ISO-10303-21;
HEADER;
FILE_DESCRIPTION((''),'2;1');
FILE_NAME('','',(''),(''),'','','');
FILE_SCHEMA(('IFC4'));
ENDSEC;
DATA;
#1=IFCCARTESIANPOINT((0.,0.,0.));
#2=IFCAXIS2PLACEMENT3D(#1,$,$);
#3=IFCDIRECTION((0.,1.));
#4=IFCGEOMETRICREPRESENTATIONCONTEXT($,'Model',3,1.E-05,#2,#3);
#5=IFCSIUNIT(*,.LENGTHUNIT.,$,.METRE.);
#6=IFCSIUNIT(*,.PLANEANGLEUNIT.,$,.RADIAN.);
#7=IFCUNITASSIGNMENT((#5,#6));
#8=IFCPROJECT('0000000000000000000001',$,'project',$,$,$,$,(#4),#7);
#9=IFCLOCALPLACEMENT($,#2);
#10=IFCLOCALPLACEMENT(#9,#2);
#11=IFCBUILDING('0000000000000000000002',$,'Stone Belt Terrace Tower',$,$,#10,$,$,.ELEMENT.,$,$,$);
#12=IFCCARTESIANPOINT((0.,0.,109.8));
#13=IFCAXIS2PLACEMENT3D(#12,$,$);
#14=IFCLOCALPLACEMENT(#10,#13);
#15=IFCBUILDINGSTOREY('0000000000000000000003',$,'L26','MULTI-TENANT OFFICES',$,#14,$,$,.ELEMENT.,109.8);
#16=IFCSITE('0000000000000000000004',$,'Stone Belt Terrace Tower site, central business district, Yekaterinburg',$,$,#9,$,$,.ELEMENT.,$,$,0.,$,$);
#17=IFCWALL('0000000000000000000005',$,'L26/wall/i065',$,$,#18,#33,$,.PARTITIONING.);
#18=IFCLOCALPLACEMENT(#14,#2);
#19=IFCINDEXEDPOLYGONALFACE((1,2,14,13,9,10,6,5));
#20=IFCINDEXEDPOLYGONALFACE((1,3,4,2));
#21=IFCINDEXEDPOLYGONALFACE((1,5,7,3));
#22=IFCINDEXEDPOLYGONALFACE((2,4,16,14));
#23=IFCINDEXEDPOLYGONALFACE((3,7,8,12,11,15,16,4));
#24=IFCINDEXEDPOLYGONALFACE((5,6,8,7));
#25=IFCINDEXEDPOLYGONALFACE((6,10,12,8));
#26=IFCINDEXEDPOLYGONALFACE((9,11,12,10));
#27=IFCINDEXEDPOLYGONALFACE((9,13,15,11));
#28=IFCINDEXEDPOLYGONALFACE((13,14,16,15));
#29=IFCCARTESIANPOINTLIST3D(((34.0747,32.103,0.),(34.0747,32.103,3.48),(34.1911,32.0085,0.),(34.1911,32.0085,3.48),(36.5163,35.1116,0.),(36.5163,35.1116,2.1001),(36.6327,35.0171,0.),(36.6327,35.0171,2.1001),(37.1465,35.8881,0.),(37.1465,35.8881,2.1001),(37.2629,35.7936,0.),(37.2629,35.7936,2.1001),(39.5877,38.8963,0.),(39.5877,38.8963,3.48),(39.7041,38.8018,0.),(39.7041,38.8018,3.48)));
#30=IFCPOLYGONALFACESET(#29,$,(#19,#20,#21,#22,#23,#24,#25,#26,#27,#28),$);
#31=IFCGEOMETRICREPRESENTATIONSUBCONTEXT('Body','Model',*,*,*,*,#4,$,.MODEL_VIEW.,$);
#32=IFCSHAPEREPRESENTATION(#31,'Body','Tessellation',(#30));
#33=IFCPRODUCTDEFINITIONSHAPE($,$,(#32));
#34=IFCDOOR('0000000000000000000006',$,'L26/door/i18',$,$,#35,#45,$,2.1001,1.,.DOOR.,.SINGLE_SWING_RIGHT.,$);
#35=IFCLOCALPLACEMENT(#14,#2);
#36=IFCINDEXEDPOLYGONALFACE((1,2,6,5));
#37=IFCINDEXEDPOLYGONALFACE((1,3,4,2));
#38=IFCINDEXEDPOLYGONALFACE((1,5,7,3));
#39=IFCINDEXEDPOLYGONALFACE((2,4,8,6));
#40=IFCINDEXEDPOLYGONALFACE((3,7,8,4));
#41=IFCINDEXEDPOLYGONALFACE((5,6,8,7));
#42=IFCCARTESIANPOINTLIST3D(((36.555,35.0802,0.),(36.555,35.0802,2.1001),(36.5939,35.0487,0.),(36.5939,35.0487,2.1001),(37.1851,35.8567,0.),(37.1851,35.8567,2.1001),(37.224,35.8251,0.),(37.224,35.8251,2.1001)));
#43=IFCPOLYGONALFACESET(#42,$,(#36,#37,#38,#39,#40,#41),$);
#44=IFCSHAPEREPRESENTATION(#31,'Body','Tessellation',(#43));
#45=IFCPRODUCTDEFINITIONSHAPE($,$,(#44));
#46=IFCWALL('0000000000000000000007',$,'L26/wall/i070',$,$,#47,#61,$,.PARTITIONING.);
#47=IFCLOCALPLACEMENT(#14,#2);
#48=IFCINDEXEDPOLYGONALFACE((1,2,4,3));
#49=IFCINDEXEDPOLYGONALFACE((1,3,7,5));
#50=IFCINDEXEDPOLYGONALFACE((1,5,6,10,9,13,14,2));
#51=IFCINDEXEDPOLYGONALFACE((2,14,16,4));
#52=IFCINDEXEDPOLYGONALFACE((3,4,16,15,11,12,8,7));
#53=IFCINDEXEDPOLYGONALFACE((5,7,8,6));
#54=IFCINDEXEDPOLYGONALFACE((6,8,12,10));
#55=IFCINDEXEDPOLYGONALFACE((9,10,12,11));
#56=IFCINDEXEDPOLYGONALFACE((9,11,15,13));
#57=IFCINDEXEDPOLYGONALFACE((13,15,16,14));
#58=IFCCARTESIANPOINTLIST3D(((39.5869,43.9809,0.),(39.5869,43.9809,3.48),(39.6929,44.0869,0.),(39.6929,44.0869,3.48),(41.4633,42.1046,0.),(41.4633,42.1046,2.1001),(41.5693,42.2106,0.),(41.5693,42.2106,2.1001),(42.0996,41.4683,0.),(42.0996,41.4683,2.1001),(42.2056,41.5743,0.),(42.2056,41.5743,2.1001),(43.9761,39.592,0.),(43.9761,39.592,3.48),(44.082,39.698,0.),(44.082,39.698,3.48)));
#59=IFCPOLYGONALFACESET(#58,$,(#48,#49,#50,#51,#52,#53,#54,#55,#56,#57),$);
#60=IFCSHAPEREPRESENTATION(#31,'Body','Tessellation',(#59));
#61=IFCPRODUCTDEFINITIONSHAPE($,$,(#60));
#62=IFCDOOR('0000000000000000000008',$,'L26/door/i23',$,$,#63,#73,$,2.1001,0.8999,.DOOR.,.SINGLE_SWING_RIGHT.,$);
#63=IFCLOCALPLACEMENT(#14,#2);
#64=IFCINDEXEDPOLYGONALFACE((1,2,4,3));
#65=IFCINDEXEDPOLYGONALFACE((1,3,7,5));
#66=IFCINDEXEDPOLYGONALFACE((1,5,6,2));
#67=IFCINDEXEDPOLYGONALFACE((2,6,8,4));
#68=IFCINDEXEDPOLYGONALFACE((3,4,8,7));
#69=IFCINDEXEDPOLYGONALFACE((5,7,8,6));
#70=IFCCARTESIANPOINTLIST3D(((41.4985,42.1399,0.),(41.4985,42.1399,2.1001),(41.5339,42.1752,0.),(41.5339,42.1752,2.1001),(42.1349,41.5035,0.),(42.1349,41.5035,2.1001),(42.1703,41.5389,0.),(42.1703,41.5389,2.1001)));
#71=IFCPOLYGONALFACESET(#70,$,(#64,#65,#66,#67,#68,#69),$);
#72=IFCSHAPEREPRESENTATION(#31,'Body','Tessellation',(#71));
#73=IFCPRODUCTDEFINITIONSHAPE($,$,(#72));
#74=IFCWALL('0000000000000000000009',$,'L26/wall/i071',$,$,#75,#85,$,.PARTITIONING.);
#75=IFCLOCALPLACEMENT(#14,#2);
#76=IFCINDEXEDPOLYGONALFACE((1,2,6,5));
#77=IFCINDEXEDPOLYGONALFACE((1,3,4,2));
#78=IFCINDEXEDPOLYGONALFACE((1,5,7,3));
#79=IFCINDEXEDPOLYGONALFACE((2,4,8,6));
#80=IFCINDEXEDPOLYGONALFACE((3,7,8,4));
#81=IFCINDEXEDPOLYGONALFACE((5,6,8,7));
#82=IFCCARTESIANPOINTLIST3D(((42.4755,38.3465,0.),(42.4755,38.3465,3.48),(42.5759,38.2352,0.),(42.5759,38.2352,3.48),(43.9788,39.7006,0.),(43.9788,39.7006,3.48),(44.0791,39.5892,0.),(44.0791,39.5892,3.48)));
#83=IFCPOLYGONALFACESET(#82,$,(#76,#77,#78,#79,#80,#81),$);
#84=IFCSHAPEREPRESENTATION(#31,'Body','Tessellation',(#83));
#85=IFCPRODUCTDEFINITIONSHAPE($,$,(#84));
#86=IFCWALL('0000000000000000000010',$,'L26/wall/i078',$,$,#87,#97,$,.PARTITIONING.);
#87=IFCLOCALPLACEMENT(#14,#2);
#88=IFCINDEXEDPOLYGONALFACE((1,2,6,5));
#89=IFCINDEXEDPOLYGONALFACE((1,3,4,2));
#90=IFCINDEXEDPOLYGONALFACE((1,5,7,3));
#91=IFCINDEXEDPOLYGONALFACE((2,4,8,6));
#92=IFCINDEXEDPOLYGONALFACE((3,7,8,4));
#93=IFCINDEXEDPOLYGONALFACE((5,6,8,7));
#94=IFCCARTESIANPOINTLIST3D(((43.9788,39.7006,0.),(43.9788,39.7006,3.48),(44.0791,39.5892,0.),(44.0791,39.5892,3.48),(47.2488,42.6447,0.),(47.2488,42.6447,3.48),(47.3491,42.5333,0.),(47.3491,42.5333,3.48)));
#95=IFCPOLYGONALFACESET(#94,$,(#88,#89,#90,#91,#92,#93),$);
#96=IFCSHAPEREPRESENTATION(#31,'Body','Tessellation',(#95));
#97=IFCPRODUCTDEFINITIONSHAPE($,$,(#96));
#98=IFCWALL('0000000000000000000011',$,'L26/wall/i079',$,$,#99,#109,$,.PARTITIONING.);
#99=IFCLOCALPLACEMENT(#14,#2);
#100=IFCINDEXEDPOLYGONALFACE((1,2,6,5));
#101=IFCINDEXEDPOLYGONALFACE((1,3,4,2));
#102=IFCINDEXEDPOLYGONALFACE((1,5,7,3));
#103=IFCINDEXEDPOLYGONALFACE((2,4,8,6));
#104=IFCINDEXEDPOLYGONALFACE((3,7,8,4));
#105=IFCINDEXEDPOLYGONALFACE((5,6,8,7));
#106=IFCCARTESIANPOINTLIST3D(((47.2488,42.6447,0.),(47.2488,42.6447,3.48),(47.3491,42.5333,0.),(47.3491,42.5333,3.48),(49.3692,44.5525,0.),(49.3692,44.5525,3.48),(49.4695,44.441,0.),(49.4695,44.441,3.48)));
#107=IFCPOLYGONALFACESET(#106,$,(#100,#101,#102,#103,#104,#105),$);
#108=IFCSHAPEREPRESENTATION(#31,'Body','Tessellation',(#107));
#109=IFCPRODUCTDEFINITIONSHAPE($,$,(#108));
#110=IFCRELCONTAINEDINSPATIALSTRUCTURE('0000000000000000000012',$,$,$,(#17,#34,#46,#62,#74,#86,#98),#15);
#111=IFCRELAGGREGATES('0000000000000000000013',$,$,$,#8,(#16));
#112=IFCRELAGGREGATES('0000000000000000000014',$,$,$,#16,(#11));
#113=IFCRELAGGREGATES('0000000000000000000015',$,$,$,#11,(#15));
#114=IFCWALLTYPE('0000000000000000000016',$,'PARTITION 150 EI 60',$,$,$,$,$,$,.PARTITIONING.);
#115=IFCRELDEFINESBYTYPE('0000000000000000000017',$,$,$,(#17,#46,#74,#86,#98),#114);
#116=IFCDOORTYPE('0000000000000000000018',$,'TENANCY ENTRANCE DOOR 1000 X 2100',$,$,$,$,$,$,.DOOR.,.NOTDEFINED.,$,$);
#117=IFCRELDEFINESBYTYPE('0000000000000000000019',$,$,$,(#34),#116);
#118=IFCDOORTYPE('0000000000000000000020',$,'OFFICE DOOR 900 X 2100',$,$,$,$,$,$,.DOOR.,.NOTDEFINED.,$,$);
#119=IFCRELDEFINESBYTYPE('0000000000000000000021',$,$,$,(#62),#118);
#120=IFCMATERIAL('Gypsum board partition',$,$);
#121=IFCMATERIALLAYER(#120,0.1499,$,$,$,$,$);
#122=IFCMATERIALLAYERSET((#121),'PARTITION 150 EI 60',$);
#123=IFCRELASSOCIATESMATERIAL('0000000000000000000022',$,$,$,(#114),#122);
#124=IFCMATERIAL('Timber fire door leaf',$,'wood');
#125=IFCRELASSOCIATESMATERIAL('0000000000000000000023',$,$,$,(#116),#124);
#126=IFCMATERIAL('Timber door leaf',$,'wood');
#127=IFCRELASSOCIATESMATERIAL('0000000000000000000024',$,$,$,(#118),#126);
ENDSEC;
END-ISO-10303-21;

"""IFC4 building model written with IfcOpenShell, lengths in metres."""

from ifc_helpers import new_model, si_unit, direction, frame, frame_2d, origin, place, context, subcontext, project, spatial, rectangle, extrude, material, layer, layer_set, type_object, element, fill, save


model = new_model("IFC4")

# Units and contexts
model_context = context("Model", 3, precision=1e-05, world=origin(), true_north=direction((0.0, 1.0)))
body_context = subcontext(model_context, "Body", "Model", "MODEL_VIEW")
ifc_project = project(units=[si_unit("LENGTHUNIT", "METRE"), si_unit("PLANEANGLEUNIT", "RADIAN")], contexts=[model_context])

# Site, building, storey
site_placement = place(None, origin())
site = spatial("IfcSite", under=ifc_project, at=site_placement, Name="Stone Belt Terrace Tower site, central business district, Yekaterinburg", CompositionType="ELEMENT", RefElevation=0.0)
building_placement = place(site_placement, origin())
building = spatial("IfcBuilding", under=site, at=building_placement, Name="Stone Belt Terrace Tower", CompositionType="ELEMENT")
storey_placement = place(building_placement, frame((0.0, 0.0, 109.8)))
storey = spatial("IfcBuildingStorey", under=building, at=storey_placement, Name="L26", Description="MULTI-TENANT OFFICES", CompositionType="ELEMENT", Elevation=109.8)

# Shared definitions
ifc_material_1 = material(Name="Gypsum board partition")

# Shared definitions
ifc_layer_1 = layer(ifc_material_1, 0.1499)
ifc_layer_set_1 = layer_set([ifc_layer_1], Name="PARTITION 150 EI 60")
wall_type_1 = type_object("IfcWallType", Name="PARTITION 150 EI 60", PredefinedType="PARTITIONING", material=ifc_layer_set_1)
ifc_material_2 = material(Name="Timber fire door leaf", Category="wood")
door_type_1 = type_object("IfcDoorType", Name="TENANCY ENTRANCE DOOR 1000 X 2100", OperationType="NOTDEFINED", PredefinedType="DOOR", material=ifc_material_2)

# Walls, openings, doors
wall_1_placement = place(storey_placement, frame((39.646, 38.8491, 0.0), z_axis=(0.0, 0.0, 1.0), x_axis=(-0.630142, -0.77648, 0.0)))
wall_1 = element("IfcWall", 1, at=wall_1_placement, inside=storey, type_object=wall_type_1, Name="L26/wall/i065", PredefinedType="PARTITIONING", context=body_context, shape_type="SweptSolid", body=[
    extrude(rectangle(XDim=8.7488, YDim=0.1499, at=frame_2d((4.3745, 0.0))), origin(), (0.0, 0.0, 1.0), 3.48),
])
opening_1_placement = place(wall_1_placement, frame((3.8743, 0.0, 0.0)))
opening_1 = element("IfcOpeningElement", 2, at=opening_1_placement, cuts=wall_1, PredefinedType="OPENING", context=body_context, shape_type="SweptSolid", body=[
    extrude(rectangle(XDim=1.0, YDim=2.1001, at=frame_2d((0.5, 1.05))), frame((0.0, 0.085, 0.0), z_axis=(0.0, -1.0, 0.0), x_axis=(1.0, 0.0, 0.0)), (0.0, 0.0, 1.0), 0.1699),
])
door_1_placement = place(opening_1_placement, origin())
door_1 = element("IfcDoor", 3, at=door_1_placement, inside=storey, type_object=door_type_1, Name="L26/door/i18", OperationType="SINGLE_SWING_RIGHT", OverallHeight=2.1001, OverallWidth=1.0, PredefinedType="DOOR", context=body_context, shape_type="SweptSolid", body=[
    extrude(rectangle(XDim=1.0, YDim=2.1001, at=frame_2d((0.5, 1.05))), frame((0.0, 0.0249, 0.0), z_axis=(0.0, -1.0, 0.0), x_axis=(1.0, 0.0, 0.0)), (0.0, 0.0, 1.0), 0.05),
])
fill(opening_1, door_1)
wall_2_placement = place(storey_placement, frame((39.6399, 44.0339, 0.0), z_axis=(0.0, 0.0, 1.0), x_axis=(0.707126, -0.707087, 0.0)))
wall_2 = element("IfcWall", 4, at=wall_2_placement, inside=storey, type_object=wall_type_1, Name="L26/wall/i070", PredefinedType="PARTITIONING", context=body_context, shape_type="SweptSolid", body=[
    extrude(rectangle(XDim=6.207, YDim=0.1499, at=frame_2d((3.1035, 0.0))), origin(), (0.0, 0.0, 1.0), 3.48),
])
opening_2_placement = place(wall_2_placement, frame((2.6536, 0.0, 0.0)))
opening_2 = element("IfcOpeningElement", 5, at=opening_2_placement, cuts=wall_2, PredefinedType="OPENING", context=body_context, shape_type="SweptSolid", body=[
    extrude(rectangle(XDim=0.8999, YDim=2.1001, at=frame_2d((0.45, 1.05))), frame((0.0, 0.085, 0.0), z_axis=(0.0, -1.0, 0.0), x_axis=(1.0, 0.0, 0.0)), (0.0, 0.0, 1.0), 0.1699),
])
ifc_material_3 = material(Name="Timber door leaf", Category="wood")
door_type_2 = type_object("IfcDoorType", Name="OFFICE DOOR 900 X 2100", OperationType="NOTDEFINED", PredefinedType="DOOR", material=ifc_material_3)
door_2_placement = place(opening_2_placement, origin())
door_2 = element("IfcDoor", 6, at=door_2_placement, inside=storey, type_object=door_type_2, Name="L26/door/i23", OperationType="SINGLE_SWING_RIGHT", OverallHeight=2.1001, OverallWidth=0.8999, PredefinedType="DOOR", context=body_context, shape_type="SweptSolid", body=[
    extrude(rectangle(XDim=0.8999, YDim=2.1001, at=frame_2d((0.45, 1.05))), frame((0.0, 0.0249, 0.0), z_axis=(0.0, -1.0, 0.0), x_axis=(1.0, 0.0, 0.0)), (0.0, 0.0, 1.0), 0.05),
])
fill(opening_2, door_2)

# Walls
wall_3_placement = place(storey_placement, frame((44.0291, 39.645, 0.0), z_axis=(0.0, 0.0, 1.0), x_axis=(-0.743012, -0.669278, 0.0)))
element("IfcWall", 7, at=wall_3_placement, inside=storey, type_object=wall_type_1, Name="L26/wall/i071", PredefinedType="PARTITIONING", context=body_context, shape_type="SweptSolid", body=[
    extrude(rectangle(XDim=2.0232, YDim=0.1499, at=frame_2d((1.0117, 0.0))), origin(), (0.0, 0.0, 1.0), 3.48),
])
wall_4_placement = place(storey_placement, frame((47.2991, 42.5891, 0.0), z_axis=(0.0, 0.0, 1.0), x_axis=(-0.743173, -0.6691, 0.0)))
element("IfcWall", 8, at=wall_4_placement, inside=storey, type_object=wall_type_1, Name="L26/wall/i078", PredefinedType="PARTITIONING", context=body_context, shape_type="SweptSolid", body=[
    extrude(rectangle(XDim=4.4001, YDim=0.1499, at=frame_2d((2.2002, 0.0))), origin(), (0.0, 0.0, 1.0), 3.48),
])
wall_5_placement = place(storey_placement, frame((49.4194, 44.4968, 0.0), z_axis=(0.0, 0.0, 1.0), x_axis=(-0.743401, -0.668846, 0.0)))
element("IfcWall", 9, at=wall_5_placement, inside=storey, type_object=wall_type_1, Name="L26/wall/i079", PredefinedType="PARTITIONING", context=body_context, shape_type="SweptSolid", body=[
    extrude(rectangle(XDim=2.8523, YDim=0.1499, at=frame_2d((1.4263, 0.0))), origin(), (0.0, 0.0, 1.0), 3.48),
])

save(model, "model.ifc")
